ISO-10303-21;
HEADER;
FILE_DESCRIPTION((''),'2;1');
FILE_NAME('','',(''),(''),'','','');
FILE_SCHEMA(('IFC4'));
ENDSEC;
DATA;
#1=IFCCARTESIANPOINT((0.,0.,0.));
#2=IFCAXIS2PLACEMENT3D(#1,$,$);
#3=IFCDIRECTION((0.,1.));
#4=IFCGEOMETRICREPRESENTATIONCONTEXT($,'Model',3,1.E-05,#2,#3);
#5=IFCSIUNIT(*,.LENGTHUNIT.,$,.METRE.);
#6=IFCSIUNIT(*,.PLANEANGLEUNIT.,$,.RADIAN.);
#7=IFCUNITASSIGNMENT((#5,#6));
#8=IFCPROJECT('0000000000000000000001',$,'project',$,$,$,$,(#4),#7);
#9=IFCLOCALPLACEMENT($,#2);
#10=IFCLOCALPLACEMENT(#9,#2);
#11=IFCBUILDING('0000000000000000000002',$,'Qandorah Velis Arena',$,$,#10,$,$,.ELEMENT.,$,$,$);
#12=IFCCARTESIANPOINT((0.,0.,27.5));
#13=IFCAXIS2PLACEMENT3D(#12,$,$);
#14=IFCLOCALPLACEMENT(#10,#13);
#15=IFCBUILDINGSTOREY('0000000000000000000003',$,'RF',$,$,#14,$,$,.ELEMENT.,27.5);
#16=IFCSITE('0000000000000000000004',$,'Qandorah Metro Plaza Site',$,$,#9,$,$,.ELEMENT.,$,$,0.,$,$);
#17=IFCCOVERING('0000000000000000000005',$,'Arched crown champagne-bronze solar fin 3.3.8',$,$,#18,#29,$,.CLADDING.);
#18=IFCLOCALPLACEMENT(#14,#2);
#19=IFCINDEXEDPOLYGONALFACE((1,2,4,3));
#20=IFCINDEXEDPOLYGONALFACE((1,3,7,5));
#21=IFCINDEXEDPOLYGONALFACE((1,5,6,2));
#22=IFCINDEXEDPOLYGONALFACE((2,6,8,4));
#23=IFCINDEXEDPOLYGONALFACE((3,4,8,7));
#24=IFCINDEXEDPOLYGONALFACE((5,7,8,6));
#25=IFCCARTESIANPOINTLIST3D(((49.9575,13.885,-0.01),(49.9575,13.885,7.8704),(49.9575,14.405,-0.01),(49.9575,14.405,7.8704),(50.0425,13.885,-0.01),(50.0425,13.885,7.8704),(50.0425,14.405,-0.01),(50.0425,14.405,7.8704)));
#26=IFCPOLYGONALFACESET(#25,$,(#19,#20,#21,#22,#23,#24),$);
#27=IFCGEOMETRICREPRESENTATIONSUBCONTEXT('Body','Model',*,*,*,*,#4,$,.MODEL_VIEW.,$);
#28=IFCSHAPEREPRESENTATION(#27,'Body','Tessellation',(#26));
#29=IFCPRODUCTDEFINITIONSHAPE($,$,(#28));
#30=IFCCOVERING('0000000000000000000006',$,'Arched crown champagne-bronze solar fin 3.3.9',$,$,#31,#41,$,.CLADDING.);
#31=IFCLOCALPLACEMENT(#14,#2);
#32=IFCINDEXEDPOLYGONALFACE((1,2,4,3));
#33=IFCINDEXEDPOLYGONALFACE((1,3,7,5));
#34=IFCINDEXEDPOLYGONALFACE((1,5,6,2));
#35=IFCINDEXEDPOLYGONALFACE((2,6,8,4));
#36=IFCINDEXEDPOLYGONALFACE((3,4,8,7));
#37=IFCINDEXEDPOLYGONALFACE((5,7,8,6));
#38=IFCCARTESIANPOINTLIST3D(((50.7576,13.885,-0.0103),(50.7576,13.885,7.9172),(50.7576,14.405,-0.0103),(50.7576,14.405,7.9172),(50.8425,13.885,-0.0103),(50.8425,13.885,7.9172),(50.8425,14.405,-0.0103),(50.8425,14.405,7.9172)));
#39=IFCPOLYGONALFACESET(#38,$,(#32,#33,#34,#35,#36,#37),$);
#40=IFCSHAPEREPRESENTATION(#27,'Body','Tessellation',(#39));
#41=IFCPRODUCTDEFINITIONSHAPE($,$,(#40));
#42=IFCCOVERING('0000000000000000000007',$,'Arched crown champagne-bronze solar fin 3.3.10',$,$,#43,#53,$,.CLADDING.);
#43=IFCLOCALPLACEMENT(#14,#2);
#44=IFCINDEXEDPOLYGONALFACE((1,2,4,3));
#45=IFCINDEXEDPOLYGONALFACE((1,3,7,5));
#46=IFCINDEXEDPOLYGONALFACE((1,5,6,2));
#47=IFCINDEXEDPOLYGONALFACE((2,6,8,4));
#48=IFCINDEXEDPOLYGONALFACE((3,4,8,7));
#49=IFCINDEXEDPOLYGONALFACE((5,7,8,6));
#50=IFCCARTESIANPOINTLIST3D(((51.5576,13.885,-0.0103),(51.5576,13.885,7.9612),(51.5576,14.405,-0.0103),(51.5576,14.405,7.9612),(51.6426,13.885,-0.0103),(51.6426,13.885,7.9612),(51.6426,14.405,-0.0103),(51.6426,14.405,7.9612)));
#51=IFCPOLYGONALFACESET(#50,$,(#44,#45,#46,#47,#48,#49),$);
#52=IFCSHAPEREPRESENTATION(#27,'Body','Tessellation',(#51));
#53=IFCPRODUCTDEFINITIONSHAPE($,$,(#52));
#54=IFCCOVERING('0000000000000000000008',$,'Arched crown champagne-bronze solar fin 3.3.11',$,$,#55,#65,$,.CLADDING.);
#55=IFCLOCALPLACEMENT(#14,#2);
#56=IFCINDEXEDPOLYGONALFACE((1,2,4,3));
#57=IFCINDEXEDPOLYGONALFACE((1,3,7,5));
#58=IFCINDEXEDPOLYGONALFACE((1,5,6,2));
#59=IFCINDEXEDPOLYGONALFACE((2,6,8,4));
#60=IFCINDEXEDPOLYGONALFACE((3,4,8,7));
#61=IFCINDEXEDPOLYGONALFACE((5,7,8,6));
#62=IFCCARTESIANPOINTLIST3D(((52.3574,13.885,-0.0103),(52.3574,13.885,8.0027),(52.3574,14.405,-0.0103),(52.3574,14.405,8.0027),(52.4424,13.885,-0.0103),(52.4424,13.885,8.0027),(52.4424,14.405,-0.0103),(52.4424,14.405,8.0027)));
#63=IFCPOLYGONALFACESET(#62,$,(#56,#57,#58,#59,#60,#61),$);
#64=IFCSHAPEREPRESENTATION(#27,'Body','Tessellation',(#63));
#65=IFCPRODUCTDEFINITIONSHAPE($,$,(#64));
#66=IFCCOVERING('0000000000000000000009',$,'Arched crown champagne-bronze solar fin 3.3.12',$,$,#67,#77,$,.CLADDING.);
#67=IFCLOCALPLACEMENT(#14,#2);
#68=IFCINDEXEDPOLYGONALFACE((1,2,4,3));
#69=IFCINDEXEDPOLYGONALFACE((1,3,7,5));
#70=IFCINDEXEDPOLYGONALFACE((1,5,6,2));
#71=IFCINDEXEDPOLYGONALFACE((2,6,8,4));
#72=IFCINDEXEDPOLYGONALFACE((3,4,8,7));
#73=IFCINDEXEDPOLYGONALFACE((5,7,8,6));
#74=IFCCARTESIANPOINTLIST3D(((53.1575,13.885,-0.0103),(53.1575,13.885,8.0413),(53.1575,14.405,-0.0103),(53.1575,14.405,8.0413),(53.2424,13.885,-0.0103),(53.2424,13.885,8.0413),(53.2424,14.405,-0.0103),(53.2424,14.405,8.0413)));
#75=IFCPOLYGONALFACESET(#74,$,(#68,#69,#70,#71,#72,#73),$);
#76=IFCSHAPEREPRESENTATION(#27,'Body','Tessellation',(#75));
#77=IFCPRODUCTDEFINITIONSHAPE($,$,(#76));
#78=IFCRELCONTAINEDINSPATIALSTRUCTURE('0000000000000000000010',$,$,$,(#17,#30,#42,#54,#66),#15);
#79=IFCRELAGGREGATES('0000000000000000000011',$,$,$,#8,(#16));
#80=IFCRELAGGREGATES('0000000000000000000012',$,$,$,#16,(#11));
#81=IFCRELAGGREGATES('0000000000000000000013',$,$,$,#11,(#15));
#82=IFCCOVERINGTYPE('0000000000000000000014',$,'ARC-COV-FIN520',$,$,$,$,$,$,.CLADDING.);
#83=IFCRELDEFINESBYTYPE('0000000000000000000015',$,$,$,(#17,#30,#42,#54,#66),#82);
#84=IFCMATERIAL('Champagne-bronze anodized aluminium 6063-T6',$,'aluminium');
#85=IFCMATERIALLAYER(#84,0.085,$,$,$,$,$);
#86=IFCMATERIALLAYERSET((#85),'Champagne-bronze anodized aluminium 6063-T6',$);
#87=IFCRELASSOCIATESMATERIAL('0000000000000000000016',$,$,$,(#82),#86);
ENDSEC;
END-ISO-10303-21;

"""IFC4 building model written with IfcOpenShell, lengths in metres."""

from ifc_helpers import new_model, si_unit, direction, frame, origin, origin_2d, place, context, subcontext, project, spatial, rectangle, extrude, material, layer, layer_set, type_object, element, save


model = new_model("IFC4")

# Units and contexts
model_context = context("Model", 3, precision=1e-05, world=origin(), true_north=direction((0.0, 1.0)))
body_context = subcontext(model_context, "Body", "Model", "MODEL_VIEW")
ifc_project = project(units=[si_unit("LENGTHUNIT", "METRE"), si_unit("PLANEANGLEUNIT", "RADIAN")], contexts=[model_context])

# Site, building, storey
site_placement = place(None, origin())
site = spatial("IfcSite", under=ifc_project, at=site_placement, Name="Qandorah Metro Plaza Site", CompositionType="ELEMENT", RefElevation=0.0)
building_placement = place(site_placement, origin())
building = spatial("IfcBuilding", under=site, at=building_placement, Name="Qandorah Velis Arena", CompositionType="ELEMENT")
storey_placement = place(building_placement, frame((0.0, 0.0, 27.5)))
storey = spatial("IfcBuildingStorey", under=building, at=storey_placement, Name="RF", CompositionType="ELEMENT", Elevation=27.5)

# Shared definitions
ifc_material_1 = material(Name="Champagne-bronze anodized aluminium 6063-T6", Category="aluminium")

# Coverings
ifc_layer_1 = layer(ifc_material_1, 0.085)
ifc_layer_set_1 = layer_set([ifc_layer_1], Name="Champagne-bronze anodized aluminium 6063-T6")
covering_type = type_object("IfcCoveringType", Name="ARC-COV-FIN520", PredefinedType="CLADDING", material=ifc_layer_set_1)
covering_1_placement = place(storey_placement, frame((50.0, 14.145, -0.01), z_axis=(0.0, 0.0, 1.0), x_axis=(1.0, 0.0, 0.0)))
element("IfcCovering", 1, at=covering_1_placement, inside=storey, type_object=covering_type, Name="Arched crown champagne-bronze solar fin 3.3.8", PredefinedType="CLADDING", context=body_context, shape_type="SweptSolid", body=[
    extrude(rectangle(XDim=0.085, YDim=0.52, at=origin_2d()), origin(), (0.0, 0.0, 1.0), 7.8804),
])
covering_2_placement = place(storey_placement, frame((50.8, 14.145, -0.0103), z_axis=(0.0, 0.0, 1.0), x_axis=(1.0, 0.0, 0.0)))
element("IfcCovering", 2, at=covering_2_placement, inside=storey, type_object=covering_type, Name="Arched crown champagne-bronze solar fin 3.3.9", PredefinedType="CLADDING", context=body_context, shape_type="SweptSolid", body=[
    extrude(rectangle(XDim=0.085, YDim=0.52, at=origin_2d()), origin(), (0.0, 0.0, 1.0), 7.9275),
])
covering_3_placement = place(storey_placement, frame((51.6001, 14.145, -0.0103), z_axis=(0.0, 0.0, 1.0), x_axis=(1.0, 0.0, 0.0)))
element("IfcCovering", 3, at=covering_3_placement, inside=storey, type_object=covering_type, Name="Arched crown champagne-bronze solar fin 3.3.10", PredefinedType="CLADDING", context=body_context, shape_type="SweptSolid", body=[
    extrude(rectangle(XDim=0.085, YDim=0.52, at=origin_2d()), origin(), (0.0, 0.0, 1.0), 7.9714),
])
covering_4_placement = place(storey_placement, frame((52.3999, 14.145, -0.0103), z_axis=(0.0, 0.0, 1.0), x_axis=(1.0, 0.0, 0.0)))
element("IfcCovering", 4, at=covering_4_placement, inside=storey, type_object=covering_type, Name="Arched crown champagne-bronze solar fin 3.3.11", PredefinedType="CLADDING", context=body_context, shape_type="SweptSolid", body=[
    extrude(rectangle(XDim=0.085, YDim=0.52, at=origin_2d()), origin(), (0.0, 0.0, 1.0), 8.0129),
])
covering_5_placement = place(storey_placement, frame((53.2, 14.145, -0.0103), z_axis=(0.0, 0.0, 1.0), x_axis=(1.0, 0.0, 0.0)))
element("IfcCovering", 5, at=covering_5_placement, inside=storey, type_object=covering_type, Name="Arched crown champagne-bronze solar fin 3.3.12", PredefinedType="CLADDING", context=body_context, shape_type="SweptSolid", body=[
    extrude(rectangle(XDim=0.085, YDim=0.52, at=origin_2d()), origin(), (0.0, 0.0, 1.0), 8.0515),
])

save(model, "model.ifc")
